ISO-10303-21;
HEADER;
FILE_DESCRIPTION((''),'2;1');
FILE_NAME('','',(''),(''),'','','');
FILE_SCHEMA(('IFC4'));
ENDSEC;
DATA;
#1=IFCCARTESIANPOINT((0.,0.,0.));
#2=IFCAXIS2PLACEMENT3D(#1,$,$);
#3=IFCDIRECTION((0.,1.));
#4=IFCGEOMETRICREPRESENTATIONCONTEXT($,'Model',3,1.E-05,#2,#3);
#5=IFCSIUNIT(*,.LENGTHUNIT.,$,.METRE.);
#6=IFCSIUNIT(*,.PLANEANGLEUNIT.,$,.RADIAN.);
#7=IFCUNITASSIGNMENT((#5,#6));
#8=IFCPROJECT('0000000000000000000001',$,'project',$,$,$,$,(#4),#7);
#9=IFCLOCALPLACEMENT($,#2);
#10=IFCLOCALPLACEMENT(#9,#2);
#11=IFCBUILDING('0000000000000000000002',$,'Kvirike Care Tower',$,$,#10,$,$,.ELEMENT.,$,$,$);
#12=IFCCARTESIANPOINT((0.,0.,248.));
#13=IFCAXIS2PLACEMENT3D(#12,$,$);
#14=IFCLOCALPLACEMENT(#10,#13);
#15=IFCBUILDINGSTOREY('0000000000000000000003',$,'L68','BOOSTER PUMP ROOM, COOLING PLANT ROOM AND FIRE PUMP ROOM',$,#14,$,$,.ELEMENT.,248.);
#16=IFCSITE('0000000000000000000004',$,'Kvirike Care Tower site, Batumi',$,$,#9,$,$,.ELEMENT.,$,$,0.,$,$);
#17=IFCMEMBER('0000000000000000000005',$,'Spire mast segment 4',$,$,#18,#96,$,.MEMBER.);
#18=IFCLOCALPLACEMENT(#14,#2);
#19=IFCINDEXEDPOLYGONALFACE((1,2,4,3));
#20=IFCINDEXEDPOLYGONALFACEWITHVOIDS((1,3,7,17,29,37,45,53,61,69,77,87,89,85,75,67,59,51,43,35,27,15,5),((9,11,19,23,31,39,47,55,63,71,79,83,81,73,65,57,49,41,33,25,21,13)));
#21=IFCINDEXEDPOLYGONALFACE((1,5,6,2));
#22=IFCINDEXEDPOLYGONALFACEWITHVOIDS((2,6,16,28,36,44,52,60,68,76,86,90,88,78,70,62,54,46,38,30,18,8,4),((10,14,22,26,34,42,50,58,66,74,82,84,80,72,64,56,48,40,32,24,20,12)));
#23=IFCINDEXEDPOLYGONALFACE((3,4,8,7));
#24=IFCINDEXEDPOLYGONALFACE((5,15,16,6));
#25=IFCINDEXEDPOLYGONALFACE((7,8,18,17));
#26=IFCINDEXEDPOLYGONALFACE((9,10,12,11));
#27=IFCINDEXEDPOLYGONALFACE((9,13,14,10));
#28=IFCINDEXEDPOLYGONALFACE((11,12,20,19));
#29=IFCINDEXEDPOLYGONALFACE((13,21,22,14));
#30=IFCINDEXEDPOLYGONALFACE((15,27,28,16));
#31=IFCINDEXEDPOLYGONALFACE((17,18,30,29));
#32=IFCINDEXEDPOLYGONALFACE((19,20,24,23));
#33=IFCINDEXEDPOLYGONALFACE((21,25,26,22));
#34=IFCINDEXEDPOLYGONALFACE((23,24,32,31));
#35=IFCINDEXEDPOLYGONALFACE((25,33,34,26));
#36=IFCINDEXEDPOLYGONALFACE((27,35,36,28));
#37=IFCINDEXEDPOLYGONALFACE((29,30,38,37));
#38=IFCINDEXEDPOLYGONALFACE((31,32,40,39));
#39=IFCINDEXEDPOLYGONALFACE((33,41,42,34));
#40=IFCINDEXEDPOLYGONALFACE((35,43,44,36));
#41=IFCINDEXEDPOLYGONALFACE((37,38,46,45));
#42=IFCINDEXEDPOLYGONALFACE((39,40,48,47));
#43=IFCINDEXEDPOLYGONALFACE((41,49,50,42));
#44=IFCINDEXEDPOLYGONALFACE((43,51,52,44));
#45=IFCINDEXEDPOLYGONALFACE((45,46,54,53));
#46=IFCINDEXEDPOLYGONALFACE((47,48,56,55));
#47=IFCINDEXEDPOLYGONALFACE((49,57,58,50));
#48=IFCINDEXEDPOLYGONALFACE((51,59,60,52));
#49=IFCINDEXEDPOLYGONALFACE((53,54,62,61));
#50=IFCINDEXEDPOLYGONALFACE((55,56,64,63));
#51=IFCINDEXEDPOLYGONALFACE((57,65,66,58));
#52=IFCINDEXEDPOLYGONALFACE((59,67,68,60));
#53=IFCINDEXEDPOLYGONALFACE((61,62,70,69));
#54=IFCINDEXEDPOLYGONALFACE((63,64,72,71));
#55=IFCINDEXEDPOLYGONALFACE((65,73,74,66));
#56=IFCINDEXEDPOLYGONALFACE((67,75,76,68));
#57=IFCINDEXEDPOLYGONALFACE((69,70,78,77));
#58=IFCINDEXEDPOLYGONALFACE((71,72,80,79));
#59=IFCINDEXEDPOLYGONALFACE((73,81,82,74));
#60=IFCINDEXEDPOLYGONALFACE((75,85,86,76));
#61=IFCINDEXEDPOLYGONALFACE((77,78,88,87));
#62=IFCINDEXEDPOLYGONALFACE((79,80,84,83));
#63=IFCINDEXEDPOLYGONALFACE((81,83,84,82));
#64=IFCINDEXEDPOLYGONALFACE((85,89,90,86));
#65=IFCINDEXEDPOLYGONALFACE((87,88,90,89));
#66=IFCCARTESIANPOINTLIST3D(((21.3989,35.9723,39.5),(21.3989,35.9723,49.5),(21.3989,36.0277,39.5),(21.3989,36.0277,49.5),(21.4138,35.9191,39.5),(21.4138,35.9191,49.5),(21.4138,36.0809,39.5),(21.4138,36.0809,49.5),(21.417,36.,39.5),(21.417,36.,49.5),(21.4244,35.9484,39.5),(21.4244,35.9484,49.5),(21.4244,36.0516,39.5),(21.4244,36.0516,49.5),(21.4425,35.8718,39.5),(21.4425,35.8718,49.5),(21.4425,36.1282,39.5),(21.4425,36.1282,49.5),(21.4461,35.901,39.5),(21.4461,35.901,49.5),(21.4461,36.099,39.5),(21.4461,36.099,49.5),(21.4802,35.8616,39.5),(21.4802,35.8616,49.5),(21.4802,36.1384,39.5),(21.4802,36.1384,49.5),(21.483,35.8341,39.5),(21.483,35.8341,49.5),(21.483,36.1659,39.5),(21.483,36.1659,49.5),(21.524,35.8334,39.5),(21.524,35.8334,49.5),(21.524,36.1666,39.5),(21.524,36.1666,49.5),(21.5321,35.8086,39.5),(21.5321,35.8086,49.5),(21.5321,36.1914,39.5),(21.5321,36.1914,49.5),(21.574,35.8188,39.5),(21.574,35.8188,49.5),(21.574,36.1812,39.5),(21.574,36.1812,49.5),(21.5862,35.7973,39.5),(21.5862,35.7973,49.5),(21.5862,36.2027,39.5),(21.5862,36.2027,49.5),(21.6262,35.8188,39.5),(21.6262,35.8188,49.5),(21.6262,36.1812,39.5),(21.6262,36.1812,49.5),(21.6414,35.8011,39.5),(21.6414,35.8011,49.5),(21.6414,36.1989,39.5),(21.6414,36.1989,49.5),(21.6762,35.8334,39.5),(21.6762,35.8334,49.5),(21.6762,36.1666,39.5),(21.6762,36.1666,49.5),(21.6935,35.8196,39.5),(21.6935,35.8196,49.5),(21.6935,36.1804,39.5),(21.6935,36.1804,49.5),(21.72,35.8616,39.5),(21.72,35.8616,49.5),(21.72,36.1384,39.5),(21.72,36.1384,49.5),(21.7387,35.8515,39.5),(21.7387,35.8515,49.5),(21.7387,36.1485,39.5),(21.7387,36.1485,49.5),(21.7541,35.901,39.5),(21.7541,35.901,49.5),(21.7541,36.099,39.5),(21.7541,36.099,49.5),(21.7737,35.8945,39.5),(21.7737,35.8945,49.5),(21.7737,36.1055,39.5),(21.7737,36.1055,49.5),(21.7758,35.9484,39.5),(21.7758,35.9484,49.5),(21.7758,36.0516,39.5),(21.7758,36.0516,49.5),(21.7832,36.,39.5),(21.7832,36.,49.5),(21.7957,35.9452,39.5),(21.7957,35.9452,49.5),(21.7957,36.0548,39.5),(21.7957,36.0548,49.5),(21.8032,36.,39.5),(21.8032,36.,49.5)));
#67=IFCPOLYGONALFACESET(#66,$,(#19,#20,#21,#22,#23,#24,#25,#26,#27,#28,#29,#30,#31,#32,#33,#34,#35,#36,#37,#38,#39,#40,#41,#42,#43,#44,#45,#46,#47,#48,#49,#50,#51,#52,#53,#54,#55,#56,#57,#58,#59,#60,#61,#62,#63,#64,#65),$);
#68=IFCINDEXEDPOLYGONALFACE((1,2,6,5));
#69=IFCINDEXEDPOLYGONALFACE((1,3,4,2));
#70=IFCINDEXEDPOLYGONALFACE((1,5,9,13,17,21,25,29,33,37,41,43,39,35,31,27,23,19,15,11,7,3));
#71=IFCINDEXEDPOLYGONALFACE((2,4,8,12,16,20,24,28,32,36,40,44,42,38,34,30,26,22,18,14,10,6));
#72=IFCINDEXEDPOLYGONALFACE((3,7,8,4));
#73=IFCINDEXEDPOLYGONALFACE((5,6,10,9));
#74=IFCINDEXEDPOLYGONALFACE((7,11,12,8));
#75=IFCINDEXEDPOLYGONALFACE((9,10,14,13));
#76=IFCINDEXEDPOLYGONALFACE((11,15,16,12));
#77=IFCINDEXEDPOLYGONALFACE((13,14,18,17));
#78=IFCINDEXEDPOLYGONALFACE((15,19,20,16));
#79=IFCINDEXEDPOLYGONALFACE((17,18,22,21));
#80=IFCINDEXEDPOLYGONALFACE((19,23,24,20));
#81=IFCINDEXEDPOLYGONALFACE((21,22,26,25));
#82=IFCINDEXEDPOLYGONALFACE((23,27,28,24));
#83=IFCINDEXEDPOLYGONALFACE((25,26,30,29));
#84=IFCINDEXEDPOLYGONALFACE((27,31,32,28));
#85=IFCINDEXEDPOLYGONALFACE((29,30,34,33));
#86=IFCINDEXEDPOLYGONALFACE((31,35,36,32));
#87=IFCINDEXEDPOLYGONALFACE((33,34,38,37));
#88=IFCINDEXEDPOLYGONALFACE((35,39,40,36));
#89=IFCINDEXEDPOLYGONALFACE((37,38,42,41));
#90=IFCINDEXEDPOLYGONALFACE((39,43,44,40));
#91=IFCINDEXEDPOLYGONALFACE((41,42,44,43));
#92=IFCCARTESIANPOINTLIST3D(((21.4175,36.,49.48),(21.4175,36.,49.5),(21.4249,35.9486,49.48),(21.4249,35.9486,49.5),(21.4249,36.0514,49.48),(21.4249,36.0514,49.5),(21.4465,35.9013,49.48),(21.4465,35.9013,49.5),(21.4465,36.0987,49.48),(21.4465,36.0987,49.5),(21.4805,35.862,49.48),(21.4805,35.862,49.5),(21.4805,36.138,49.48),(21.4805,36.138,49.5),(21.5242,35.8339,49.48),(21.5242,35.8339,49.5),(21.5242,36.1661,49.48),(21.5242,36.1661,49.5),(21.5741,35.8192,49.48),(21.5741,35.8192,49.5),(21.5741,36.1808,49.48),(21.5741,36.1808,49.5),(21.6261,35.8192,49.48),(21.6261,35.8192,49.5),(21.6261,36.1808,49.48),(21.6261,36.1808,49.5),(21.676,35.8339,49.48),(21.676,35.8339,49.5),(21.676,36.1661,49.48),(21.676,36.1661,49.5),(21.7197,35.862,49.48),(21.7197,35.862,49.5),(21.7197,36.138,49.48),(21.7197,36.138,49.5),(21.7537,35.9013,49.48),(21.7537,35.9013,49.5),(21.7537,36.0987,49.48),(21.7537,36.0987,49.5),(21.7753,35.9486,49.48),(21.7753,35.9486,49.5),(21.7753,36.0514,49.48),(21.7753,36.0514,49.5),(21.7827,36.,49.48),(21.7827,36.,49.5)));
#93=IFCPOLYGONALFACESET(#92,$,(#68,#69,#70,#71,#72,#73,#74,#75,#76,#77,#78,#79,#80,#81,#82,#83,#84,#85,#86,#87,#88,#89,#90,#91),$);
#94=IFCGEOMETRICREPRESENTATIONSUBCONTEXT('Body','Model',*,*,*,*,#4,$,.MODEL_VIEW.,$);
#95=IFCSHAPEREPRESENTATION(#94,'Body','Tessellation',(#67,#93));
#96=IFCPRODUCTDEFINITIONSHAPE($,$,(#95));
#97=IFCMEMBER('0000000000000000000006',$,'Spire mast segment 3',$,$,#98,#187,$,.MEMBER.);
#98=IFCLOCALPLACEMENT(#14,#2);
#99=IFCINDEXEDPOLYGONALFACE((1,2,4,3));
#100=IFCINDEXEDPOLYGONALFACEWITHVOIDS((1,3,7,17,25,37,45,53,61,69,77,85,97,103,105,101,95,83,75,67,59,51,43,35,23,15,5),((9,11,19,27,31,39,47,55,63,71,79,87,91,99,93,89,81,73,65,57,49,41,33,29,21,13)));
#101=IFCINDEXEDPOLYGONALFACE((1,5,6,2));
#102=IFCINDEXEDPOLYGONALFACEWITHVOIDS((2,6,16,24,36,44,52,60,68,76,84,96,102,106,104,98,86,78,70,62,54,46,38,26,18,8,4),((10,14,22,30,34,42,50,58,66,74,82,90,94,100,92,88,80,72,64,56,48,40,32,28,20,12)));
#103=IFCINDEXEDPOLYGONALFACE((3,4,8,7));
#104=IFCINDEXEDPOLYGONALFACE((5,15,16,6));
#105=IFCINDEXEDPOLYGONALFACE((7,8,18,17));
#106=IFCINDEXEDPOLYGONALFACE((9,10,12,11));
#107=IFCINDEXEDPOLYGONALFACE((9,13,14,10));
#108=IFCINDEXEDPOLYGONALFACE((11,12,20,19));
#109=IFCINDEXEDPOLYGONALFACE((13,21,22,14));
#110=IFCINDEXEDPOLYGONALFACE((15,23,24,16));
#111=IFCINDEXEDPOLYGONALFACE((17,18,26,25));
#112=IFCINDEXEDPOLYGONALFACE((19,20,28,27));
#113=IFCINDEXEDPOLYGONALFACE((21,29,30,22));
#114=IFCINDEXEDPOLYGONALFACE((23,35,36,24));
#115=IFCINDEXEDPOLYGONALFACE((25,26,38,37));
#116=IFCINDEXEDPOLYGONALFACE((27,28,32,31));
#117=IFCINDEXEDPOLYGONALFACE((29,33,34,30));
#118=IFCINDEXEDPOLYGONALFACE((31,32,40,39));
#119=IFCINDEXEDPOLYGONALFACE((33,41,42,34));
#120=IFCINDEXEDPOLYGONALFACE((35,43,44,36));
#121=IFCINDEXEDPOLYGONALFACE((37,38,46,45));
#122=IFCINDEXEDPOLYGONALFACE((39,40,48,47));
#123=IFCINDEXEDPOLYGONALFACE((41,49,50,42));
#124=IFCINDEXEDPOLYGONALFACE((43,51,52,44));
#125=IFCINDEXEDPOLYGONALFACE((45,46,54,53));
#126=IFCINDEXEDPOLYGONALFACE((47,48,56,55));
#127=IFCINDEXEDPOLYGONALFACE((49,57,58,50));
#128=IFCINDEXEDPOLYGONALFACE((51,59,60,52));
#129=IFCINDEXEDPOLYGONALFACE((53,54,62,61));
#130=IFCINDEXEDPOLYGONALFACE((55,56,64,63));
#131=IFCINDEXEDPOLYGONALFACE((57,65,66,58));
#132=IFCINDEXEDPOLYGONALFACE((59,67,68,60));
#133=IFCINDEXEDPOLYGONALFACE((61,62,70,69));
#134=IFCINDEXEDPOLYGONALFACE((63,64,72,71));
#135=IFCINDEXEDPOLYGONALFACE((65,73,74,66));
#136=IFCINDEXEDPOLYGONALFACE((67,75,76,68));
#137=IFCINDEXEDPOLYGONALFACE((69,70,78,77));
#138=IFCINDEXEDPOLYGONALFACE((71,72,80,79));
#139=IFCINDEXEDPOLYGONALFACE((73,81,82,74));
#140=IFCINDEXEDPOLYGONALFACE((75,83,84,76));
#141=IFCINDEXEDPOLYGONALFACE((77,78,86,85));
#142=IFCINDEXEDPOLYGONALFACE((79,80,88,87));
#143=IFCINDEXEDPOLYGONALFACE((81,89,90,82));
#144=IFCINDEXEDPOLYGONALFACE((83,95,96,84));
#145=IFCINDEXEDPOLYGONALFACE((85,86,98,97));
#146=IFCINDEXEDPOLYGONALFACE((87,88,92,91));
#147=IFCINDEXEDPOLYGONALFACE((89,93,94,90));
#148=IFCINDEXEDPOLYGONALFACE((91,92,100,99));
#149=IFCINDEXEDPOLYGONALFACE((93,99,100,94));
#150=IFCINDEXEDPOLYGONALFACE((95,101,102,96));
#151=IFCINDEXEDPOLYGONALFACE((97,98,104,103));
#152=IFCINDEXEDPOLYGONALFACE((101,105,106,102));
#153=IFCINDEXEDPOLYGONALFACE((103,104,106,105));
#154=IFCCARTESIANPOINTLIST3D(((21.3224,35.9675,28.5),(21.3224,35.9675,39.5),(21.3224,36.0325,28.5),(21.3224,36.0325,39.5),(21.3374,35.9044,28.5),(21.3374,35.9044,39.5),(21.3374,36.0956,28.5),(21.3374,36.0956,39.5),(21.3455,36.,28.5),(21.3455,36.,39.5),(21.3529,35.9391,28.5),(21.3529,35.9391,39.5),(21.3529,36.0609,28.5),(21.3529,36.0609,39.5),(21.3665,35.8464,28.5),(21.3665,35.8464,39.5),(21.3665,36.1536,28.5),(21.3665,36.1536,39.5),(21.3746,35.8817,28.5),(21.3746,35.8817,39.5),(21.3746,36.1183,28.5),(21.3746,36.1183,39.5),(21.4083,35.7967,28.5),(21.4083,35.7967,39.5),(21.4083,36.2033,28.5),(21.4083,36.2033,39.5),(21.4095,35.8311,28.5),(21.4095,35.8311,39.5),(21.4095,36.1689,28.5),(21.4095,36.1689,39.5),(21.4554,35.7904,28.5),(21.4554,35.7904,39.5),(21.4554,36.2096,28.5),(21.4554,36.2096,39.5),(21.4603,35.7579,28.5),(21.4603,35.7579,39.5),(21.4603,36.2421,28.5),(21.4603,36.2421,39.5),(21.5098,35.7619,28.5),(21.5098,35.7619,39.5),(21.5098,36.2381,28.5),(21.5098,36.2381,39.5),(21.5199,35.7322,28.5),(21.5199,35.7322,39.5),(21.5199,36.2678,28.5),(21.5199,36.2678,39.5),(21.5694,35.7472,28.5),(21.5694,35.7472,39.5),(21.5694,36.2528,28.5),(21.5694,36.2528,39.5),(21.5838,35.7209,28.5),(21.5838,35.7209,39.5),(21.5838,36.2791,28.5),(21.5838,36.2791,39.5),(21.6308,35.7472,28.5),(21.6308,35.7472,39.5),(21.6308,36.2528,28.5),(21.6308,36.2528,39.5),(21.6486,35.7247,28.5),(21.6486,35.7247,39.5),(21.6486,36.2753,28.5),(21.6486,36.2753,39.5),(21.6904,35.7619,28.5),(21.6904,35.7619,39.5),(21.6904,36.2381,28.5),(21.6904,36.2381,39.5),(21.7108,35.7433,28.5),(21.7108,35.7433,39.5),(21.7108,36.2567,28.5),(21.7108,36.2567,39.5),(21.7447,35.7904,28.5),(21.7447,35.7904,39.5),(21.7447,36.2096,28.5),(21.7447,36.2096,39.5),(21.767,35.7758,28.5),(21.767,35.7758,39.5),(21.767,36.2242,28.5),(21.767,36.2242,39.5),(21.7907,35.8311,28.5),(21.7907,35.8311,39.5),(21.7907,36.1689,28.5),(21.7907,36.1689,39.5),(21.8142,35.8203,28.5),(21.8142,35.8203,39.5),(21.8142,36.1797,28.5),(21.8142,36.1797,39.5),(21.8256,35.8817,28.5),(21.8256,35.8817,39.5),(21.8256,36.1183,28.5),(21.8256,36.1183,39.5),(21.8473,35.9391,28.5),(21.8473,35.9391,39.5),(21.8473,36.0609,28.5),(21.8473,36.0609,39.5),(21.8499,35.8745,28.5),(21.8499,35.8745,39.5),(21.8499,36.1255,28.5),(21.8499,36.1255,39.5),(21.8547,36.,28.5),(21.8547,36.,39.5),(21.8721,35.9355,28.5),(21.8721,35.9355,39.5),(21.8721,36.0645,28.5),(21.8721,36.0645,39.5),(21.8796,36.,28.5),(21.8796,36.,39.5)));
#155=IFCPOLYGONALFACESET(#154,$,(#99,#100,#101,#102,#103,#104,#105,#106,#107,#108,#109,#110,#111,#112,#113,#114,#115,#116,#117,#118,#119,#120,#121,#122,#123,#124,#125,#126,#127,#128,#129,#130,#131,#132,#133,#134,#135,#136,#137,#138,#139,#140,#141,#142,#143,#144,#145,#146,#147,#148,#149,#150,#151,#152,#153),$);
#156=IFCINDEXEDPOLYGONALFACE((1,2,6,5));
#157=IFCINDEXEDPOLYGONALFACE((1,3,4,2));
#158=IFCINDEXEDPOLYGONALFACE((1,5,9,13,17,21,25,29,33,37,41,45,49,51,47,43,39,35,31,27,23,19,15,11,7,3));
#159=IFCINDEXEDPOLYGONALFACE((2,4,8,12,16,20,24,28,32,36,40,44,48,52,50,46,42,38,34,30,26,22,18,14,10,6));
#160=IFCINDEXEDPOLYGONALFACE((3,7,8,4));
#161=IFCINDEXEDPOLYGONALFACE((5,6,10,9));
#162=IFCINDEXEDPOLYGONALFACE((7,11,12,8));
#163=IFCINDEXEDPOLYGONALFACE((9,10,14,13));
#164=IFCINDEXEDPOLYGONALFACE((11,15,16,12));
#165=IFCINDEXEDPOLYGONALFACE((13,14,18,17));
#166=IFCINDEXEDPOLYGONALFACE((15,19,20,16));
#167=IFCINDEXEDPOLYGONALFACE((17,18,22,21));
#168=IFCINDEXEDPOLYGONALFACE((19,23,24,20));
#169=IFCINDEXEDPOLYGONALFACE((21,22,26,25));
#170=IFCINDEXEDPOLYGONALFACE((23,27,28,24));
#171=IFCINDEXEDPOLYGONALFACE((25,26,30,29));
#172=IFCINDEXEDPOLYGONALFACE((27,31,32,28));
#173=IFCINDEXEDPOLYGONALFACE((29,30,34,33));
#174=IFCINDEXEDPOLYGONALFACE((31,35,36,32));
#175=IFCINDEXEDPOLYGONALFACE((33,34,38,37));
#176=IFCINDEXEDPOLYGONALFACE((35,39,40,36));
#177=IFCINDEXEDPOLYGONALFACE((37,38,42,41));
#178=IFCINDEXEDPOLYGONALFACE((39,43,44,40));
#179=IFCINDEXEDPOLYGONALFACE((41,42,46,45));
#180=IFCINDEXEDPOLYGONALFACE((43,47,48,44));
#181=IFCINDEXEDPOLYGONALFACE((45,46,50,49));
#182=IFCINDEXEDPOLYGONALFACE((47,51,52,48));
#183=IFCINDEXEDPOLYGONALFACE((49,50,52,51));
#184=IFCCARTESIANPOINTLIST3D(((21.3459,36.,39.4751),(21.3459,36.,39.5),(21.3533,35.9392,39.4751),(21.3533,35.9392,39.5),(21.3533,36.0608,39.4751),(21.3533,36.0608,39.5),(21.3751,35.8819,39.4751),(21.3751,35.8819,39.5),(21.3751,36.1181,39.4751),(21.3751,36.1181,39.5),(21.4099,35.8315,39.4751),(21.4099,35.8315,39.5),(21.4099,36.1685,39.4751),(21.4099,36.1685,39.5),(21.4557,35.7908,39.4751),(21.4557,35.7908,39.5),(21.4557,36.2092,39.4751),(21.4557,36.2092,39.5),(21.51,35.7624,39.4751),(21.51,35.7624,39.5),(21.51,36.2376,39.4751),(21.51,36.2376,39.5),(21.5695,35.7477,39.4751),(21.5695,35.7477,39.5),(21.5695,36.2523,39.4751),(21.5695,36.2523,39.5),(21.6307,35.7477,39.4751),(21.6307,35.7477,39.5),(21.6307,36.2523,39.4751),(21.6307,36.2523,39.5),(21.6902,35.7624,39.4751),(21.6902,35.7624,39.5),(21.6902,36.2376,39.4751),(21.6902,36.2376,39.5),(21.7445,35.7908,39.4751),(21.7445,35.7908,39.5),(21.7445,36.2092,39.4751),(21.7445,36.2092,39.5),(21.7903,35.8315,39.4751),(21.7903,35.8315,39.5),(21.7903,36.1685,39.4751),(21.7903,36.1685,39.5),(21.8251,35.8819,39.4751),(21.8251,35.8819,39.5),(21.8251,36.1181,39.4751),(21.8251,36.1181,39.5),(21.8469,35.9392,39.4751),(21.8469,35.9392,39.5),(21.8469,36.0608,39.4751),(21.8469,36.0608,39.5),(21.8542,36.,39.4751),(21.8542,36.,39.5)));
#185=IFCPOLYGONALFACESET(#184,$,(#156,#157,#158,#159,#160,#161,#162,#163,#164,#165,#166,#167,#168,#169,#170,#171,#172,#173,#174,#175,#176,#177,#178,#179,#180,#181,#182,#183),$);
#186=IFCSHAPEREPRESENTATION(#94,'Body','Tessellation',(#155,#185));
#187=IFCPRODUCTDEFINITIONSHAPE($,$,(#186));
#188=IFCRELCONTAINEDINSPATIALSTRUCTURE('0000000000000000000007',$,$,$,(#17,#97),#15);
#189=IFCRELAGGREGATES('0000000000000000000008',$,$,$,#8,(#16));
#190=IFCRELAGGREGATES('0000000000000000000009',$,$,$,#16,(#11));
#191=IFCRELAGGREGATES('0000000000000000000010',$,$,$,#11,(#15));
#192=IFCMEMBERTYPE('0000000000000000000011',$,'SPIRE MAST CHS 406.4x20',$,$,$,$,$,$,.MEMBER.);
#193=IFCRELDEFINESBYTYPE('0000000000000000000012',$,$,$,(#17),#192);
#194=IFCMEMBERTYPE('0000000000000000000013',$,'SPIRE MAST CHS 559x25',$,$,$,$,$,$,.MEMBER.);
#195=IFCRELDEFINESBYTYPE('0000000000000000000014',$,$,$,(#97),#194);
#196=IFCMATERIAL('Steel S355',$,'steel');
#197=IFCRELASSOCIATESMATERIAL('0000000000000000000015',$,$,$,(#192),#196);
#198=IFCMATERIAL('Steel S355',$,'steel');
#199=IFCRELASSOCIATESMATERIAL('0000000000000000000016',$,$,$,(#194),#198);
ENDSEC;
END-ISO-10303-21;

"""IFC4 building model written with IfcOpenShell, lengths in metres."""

from ifc_helpers import new_model, entity, si_unit, direction, frame, origin, origin_2d, place, context, subcontext, project, spatial, hollow_circle, extrude, material, material_profile, profile_set, type_object, element, save


model = new_model("IFC4")

# Units and contexts
model_context = context("Model", 3, precision=1e-05, world=origin(), true_north=direction((0.0, 1.0)))
body_context = subcontext(model_context, "Body", "Model", "MODEL_VIEW")
ifc_project = project(units=[si_unit("LENGTHUNIT", "METRE"), si_unit("PLANEANGLEUNIT", "RADIAN")], contexts=[model_context])

# Site, building, storey
site_placement = place(None, origin())
site = spatial("IfcSite", under=ifc_project, at=site_placement, Name="Kvirike Care Tower site, Batumi", CompositionType="ELEMENT", RefElevation=0.0)
building_placement = place(site_placement, origin())
building = spatial("IfcBuilding", under=site, at=building_placement, Name="Kvirike Care Tower", CompositionType="ELEMENT")
storey_placement = place(building_placement, frame((0.0, 0.0, 248.0)))
storey = spatial("IfcBuildingStorey", under=building, at=storey_placement, Name="L68", Description="BOOSTER PUMP ROOM, COOLING PLANT ROOM AND FIRE PUMP ROOM", CompositionType="ELEMENT", Elevation=248.0)

# Members
ifc_material_1 = material(Name="Steel S355", Category="steel")
ifc_material_profile_1 = material_profile(ifc_material_1, hollow_circle(Radius=0.2031, WallThickness=0.02, at=origin_2d()), Name="CHS 406.4x20")
ifc_profile_set_1 = profile_set([ifc_material_profile_1], Name="Steel S355")
member_type_1 = type_object("IfcMemberType", Name="SPIRE MAST CHS 406.4x20", PredefinedType="MEMBER", material=ifc_profile_set_1)
member_1_placement = place(storey_placement, frame((21.6001, 36.0, 39.5), z_axis=(0.0, 0.0, 1.0), x_axis=(1.0, 0.0, 0.0)))
cartesian_point_1 = entity("IfcCartesianPoint", [0.0, 0.0])
ifc_direction_1 = entity("IfcDirection", [0.0, 1.0, 0.0])
element("IfcMember", 1, at=member_1_placement, inside=storey, type_object=member_type_1, Name="Spire mast segment 4", PredefinedType="MEMBER", context=body_context, shape_type="SweptSolid", body=[
    extrude(hollow_circle(Radius=0.2031, WallThickness=0.02, at=origin_2d()), origin(), (0.0, 0.0, 1.0), 10.0),
    entity("IfcRevolvedAreaSolid", entity("IfcArbitraryClosedProfileDef", "AREA", None, entity("IfcPolyline", [cartesian_point_1, entity("IfcCartesianPoint", [0.1826, 0.0]), entity("IfcCartesianPoint", [0.1826, 0.02]), entity("IfcCartesianPoint", [0.0, 0.02]), cartesian_point_1])), entity("IfcAxis2Placement3D", entity("IfcCartesianPoint", [0.0, 0.0, 10.0]), ifc_direction_1, entity("IfcDirection", [1.0, 0.0, 0.0])), entity("IfcAxis1Placement", entity("IfcCartesianPoint", [0.0, 0.0, 0.0]), ifc_direction_1), 6.283185),
])
ifc_material_2 = material(Name="Steel S355", Category="steel")
ifc_material_profile_2 = material_profile(ifc_material_2, hollow_circle(Radius=0.2795, WallThickness=0.0249, at=origin_2d()), Name="CHS 559x25")
ifc_profile_set_2 = profile_set([ifc_material_profile_2], Name="Steel S355")
member_type_2 = type_object("IfcMemberType", Name="SPIRE MAST CHS 559x25", PredefinedType="MEMBER", material=ifc_profile_set_2)
member_2_placement = place(storey_placement, frame((21.6001, 36.0, 28.5), z_axis=(0.0, 0.0, 1.0), x_axis=(1.0, 0.0, 0.0)))
cartesian_point_2 = entity("IfcCartesianPoint", [0.0, 0.0])
ifc_direction_2 = entity("IfcDirection", [0.0, 1.0, 0.0])
element("IfcMember", 2, at=member_2_placement, inside=storey, type_object=member_type_2, Name="Spire mast segment 3", PredefinedType="MEMBER", context=body_context, shape_type="SweptSolid", body=[
    extrude(hollow_circle(Radius=0.2795, WallThickness=0.0249, at=origin_2d()), origin(), (0.0, 0.0, 1.0), 11.0),
    entity("IfcRevolvedAreaSolid", entity("IfcArbitraryClosedProfileDef", "AREA", None, entity("IfcPolyline", [cartesian_point_2, entity("IfcCartesianPoint", [0.2542, 0.0]), entity("IfcCartesianPoint", [0.2542, 0.0249]), entity("IfcCartesianPoint", [0.0, 0.0249]), cartesian_point_2])), entity("IfcAxis2Placement3D", entity("IfcCartesianPoint", [0.0, 0.0, 11.0]), ifc_direction_2, entity("IfcDirection", [1.0, 0.0, 0.0])), entity("IfcAxis1Placement", entity("IfcCartesianPoint", [0.0, 0.0, 0.0]), ifc_direction_2), 6.283185),
])

save(model, "model.ifc")
